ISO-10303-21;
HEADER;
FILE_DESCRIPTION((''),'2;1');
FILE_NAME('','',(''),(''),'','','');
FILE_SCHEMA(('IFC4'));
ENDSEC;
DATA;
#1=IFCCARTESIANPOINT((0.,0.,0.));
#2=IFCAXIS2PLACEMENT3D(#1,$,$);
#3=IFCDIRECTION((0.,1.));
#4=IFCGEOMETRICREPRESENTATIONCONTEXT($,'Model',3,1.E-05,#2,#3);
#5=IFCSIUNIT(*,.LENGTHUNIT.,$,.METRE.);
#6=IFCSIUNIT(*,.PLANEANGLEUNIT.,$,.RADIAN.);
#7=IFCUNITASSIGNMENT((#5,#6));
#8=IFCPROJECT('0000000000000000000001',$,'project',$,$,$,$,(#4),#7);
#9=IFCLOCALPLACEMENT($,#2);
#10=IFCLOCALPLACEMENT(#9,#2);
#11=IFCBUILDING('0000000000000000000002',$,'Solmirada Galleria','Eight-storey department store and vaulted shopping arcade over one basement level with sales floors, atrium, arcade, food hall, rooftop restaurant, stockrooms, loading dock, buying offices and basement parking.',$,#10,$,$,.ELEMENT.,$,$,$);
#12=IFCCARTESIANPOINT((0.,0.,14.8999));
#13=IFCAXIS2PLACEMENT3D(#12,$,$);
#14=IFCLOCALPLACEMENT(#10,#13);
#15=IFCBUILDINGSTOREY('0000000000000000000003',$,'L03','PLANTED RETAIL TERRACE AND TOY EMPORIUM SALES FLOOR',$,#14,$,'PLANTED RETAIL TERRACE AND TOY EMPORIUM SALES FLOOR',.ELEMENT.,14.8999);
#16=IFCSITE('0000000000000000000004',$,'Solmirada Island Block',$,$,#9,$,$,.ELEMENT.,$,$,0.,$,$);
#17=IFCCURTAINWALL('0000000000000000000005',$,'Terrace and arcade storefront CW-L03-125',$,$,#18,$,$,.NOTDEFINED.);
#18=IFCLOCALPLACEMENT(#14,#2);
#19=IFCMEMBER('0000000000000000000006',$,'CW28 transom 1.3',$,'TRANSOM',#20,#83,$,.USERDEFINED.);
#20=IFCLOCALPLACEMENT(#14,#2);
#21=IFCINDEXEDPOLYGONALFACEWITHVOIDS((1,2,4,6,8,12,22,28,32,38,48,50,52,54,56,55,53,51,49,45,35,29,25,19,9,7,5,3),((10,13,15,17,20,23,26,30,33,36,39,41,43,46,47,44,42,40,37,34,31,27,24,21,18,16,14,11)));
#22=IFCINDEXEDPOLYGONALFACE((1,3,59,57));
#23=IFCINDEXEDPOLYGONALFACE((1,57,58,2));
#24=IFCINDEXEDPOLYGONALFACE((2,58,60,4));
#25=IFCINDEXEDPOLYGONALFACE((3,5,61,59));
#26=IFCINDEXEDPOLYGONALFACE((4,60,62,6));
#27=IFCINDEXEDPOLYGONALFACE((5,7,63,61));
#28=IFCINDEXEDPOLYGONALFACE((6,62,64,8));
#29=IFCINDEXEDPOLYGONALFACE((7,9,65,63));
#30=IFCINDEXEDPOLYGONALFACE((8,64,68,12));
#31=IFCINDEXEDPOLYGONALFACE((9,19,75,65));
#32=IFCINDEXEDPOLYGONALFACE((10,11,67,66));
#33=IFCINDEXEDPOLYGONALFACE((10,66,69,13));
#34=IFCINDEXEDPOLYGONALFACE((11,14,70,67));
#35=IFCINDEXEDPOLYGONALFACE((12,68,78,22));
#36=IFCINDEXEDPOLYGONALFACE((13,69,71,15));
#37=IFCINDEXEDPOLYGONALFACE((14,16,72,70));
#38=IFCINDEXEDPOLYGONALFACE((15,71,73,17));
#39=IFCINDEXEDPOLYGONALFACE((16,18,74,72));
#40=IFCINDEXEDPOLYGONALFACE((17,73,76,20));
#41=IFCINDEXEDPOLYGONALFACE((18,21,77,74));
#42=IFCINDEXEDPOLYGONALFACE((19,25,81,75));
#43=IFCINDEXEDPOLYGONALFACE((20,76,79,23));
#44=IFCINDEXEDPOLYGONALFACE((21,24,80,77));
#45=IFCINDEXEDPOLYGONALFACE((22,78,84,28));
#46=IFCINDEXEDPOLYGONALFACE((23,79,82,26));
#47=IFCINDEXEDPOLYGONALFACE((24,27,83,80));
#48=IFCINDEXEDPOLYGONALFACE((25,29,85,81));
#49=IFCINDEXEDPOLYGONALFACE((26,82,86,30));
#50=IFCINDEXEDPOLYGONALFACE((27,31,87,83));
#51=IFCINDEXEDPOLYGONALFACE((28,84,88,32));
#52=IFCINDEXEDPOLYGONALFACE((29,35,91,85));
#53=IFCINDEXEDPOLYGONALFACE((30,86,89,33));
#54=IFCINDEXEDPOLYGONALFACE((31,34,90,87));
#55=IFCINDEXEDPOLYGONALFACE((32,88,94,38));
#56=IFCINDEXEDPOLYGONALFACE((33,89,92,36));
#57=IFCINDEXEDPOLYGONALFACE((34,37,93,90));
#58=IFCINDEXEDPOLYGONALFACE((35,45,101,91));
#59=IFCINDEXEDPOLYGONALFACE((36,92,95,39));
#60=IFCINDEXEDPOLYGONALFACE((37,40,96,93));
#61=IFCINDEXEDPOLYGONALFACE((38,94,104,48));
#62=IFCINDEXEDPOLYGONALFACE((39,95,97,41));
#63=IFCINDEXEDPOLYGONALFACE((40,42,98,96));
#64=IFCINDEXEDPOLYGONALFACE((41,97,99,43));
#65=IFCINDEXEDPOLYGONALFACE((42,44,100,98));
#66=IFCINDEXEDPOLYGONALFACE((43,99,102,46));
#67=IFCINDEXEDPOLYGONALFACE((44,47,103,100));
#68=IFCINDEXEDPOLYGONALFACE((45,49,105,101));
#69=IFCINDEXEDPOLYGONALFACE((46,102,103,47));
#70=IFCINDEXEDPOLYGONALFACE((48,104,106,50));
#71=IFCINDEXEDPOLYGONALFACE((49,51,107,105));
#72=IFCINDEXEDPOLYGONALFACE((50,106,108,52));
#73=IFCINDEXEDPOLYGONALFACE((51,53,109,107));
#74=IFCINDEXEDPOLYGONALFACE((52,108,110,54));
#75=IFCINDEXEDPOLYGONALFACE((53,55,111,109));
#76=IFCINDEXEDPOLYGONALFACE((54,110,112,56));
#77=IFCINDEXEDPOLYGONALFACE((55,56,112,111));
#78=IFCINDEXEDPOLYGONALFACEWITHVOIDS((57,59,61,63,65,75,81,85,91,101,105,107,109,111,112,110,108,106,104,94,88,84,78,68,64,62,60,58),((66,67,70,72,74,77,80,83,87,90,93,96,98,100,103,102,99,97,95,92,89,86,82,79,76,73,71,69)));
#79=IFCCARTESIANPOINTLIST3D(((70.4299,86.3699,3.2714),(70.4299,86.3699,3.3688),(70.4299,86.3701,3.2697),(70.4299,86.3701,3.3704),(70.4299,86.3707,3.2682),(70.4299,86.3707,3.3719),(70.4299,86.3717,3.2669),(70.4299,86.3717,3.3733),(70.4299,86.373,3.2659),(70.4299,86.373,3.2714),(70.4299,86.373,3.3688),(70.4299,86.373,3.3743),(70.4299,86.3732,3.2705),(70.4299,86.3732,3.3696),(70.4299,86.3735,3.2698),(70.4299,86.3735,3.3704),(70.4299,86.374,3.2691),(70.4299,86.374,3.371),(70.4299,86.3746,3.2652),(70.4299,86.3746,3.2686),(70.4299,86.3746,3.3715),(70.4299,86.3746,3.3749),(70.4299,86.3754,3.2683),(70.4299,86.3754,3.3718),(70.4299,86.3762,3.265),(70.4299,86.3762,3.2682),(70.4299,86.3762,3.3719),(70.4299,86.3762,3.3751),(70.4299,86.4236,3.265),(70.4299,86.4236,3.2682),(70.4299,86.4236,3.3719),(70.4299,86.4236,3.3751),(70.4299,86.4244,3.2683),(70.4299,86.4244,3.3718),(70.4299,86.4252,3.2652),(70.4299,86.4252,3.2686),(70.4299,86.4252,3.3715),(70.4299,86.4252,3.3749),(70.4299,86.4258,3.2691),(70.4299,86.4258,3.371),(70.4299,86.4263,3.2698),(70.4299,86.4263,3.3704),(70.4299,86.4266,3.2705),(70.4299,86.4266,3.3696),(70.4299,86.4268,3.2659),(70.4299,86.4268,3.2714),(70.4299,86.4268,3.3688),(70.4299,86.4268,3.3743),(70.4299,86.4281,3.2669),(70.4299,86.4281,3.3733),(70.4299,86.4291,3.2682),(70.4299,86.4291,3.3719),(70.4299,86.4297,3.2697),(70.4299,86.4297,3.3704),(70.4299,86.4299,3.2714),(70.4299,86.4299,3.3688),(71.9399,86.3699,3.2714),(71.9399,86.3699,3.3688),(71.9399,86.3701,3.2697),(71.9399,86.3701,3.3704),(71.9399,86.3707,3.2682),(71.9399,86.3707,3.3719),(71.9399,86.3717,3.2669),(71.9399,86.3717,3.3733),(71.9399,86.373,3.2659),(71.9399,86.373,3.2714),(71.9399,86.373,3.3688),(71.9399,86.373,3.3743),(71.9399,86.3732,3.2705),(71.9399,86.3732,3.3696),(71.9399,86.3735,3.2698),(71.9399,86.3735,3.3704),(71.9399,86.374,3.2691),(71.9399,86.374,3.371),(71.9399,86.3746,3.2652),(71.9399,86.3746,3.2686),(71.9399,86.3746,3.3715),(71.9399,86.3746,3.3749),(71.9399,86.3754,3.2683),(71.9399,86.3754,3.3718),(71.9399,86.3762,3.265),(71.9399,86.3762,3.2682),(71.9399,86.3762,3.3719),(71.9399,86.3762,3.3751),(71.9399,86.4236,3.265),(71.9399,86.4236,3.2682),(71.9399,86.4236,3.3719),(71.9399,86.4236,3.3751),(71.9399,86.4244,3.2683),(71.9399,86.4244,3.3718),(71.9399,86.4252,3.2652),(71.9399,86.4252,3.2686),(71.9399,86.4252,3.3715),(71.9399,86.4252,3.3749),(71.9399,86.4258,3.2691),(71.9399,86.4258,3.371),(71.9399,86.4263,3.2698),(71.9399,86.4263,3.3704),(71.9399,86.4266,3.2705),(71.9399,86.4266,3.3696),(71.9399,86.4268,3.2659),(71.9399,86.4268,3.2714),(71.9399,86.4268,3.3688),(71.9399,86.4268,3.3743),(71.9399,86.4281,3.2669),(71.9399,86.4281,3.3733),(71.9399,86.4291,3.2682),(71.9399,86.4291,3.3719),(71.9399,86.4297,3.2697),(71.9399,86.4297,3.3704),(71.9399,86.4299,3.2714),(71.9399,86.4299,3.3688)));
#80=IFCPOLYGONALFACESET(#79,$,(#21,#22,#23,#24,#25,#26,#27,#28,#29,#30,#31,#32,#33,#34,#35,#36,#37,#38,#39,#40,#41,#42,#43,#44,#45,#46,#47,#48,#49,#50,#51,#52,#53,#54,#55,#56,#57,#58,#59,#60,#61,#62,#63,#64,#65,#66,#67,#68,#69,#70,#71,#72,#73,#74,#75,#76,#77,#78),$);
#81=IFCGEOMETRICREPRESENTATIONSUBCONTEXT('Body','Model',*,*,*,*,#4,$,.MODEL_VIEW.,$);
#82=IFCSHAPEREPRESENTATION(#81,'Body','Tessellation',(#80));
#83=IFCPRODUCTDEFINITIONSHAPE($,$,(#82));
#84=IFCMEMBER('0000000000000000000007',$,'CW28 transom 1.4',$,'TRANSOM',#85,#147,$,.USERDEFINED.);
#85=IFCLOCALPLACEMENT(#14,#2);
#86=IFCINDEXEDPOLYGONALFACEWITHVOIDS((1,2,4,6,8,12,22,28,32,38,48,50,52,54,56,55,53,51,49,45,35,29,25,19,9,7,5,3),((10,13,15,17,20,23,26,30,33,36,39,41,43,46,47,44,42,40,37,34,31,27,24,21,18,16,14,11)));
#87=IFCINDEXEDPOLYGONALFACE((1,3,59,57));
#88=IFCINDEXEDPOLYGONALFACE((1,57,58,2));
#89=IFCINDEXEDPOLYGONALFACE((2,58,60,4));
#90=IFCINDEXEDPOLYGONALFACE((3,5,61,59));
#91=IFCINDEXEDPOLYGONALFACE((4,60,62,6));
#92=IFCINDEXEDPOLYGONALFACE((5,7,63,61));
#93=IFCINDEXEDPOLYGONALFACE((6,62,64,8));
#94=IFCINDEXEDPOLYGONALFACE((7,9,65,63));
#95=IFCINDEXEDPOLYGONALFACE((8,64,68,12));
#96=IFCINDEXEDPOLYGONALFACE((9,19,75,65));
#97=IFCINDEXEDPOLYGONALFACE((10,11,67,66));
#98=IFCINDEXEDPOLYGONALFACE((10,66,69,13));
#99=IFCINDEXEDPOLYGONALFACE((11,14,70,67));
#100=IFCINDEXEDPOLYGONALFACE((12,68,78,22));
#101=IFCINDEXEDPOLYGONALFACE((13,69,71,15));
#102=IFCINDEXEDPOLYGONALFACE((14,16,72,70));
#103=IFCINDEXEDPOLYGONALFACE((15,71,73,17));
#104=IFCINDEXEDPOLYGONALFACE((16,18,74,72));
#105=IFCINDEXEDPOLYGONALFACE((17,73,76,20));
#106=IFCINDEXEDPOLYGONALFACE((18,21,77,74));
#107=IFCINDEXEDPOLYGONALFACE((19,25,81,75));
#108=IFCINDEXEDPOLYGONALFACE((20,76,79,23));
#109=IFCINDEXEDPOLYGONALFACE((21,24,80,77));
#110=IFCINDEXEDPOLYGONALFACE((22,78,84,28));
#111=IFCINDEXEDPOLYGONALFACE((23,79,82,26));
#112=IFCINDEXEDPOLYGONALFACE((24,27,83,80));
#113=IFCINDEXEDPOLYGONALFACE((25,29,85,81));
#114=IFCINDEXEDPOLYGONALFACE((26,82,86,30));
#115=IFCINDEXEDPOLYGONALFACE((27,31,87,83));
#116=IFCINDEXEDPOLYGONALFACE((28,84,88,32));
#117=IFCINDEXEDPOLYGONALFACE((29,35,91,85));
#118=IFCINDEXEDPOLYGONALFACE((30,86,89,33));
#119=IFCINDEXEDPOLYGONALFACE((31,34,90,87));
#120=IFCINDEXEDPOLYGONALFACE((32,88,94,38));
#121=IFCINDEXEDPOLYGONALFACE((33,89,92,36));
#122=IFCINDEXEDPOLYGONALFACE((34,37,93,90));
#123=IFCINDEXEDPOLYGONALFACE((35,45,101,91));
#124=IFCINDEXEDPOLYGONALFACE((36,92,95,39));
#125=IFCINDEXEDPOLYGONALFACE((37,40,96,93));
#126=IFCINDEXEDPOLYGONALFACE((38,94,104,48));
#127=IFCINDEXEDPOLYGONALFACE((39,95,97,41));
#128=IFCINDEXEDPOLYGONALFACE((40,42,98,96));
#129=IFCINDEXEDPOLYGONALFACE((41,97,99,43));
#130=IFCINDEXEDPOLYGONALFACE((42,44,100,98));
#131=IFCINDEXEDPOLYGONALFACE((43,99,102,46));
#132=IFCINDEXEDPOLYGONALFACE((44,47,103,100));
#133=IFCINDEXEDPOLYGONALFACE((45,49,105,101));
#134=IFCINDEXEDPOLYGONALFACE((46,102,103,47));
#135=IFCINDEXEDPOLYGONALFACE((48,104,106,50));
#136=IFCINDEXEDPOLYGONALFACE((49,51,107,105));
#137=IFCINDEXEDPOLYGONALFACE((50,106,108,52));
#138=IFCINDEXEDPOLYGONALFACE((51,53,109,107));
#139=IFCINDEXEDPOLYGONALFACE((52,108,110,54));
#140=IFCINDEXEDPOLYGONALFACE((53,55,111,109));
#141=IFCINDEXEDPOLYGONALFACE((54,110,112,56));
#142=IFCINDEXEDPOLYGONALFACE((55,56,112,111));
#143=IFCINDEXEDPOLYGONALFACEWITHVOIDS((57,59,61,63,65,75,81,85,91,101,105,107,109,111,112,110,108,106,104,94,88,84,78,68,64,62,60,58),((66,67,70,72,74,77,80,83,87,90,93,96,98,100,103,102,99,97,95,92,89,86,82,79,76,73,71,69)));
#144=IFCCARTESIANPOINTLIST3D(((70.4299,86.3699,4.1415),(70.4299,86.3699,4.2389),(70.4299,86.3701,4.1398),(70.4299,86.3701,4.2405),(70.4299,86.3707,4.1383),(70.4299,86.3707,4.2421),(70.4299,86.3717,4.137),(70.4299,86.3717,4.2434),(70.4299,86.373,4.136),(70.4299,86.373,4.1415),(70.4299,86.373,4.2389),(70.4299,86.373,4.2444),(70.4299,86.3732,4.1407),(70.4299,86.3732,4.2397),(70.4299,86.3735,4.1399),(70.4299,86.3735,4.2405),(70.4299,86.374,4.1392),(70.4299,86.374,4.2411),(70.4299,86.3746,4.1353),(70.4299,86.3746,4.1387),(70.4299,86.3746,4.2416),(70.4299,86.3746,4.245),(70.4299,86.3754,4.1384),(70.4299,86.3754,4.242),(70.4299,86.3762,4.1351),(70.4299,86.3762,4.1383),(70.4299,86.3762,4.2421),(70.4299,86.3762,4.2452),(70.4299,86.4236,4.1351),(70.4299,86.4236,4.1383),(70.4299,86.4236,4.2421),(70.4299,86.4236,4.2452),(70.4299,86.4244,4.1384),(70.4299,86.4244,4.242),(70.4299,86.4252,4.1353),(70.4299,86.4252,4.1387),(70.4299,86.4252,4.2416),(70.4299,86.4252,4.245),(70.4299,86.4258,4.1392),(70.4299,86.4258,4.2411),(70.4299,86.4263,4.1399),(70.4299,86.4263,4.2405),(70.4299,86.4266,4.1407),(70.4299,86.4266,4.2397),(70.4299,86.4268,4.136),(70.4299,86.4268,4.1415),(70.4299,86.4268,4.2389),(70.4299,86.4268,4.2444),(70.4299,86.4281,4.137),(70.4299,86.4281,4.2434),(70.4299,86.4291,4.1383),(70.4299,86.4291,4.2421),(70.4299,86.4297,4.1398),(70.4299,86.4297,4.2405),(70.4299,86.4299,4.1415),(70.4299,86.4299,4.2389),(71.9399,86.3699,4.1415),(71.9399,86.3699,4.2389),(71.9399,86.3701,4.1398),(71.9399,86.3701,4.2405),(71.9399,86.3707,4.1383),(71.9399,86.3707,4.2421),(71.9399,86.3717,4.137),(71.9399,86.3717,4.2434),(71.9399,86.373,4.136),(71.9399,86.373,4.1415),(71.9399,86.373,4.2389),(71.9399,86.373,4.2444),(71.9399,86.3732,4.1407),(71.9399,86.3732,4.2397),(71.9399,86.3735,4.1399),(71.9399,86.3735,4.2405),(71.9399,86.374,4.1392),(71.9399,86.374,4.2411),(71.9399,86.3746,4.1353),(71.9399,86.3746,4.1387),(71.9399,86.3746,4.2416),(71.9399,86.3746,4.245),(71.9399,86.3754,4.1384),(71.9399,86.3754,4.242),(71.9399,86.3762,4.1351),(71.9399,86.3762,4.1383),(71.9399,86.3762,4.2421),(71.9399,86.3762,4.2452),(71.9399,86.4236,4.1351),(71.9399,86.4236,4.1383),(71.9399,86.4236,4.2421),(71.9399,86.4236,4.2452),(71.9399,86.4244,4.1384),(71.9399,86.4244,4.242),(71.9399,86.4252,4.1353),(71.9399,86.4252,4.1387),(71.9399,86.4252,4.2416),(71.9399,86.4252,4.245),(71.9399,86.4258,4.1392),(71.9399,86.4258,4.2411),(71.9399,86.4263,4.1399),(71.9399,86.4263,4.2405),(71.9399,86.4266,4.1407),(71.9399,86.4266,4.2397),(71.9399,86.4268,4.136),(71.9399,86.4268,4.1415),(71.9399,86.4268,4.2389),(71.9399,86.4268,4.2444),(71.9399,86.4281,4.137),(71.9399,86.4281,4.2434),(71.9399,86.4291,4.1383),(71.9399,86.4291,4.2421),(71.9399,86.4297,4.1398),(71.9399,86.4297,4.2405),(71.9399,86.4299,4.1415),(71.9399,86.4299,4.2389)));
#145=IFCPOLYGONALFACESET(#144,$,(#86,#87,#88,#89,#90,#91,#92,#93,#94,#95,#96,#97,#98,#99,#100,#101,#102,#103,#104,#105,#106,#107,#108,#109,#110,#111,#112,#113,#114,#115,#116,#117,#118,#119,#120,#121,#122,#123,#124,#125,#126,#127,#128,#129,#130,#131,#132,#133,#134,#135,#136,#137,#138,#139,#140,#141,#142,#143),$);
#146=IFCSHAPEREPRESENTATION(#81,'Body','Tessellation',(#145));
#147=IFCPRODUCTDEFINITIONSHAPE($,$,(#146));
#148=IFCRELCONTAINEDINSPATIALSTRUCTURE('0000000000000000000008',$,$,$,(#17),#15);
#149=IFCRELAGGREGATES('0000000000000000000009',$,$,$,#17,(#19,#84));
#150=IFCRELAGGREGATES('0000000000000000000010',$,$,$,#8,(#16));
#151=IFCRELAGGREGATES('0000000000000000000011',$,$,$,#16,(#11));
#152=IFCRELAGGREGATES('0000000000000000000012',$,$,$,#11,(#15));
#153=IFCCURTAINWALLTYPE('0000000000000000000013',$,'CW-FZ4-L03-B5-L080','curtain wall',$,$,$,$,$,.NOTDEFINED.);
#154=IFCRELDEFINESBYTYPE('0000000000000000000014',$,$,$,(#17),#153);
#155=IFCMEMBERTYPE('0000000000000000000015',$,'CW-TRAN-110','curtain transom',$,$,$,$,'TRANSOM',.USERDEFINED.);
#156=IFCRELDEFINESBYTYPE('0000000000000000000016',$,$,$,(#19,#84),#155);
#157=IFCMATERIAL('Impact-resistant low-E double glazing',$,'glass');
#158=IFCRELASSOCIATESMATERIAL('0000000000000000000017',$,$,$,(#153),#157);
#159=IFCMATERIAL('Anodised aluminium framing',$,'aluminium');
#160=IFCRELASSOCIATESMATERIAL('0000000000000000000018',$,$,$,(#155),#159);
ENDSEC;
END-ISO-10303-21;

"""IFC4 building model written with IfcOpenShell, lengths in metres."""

from ifc_helpers import new_model, si_unit, direction, frame, origin, origin_2d, place, context, subcontext, project, spatial, hollow_rectangle, extrude, material, material_profile, profile_set, type_object, element, aggregate, save


model = new_model("IFC4")

# Units and contexts
model_context = context("Model", 3, precision=1e-05, world=origin(), true_north=direction((0.0, 1.0)))
body_context = subcontext(model_context, "Body", "Model", "MODEL_VIEW")
ifc_project = project(units=[si_unit("LENGTHUNIT", "METRE"), si_unit("PLANEANGLEUNIT", "RADIAN")], contexts=[model_context])

# Site, building, storey
site_placement = place(None, origin())
site = spatial("IfcSite", under=ifc_project, at=site_placement, Name="Solmirada Island Block", CompositionType="ELEMENT", RefElevation=0.0)
building_placement = place(site_placement, origin())
building = spatial("IfcBuilding", under=site, at=building_placement, Name="Solmirada Galleria", Description="Eight-storey department store and vaulted shopping arcade over one basement level with sales floors, atrium, arcade, food hall, rooftop restaurant, stockrooms, loading dock, buying offices and basement parking.", CompositionType="ELEMENT")
storey_placement = place(building_placement, frame((0.0, 0.0, 14.8999)))
storey = spatial("IfcBuildingStorey", under=building, at=storey_placement, Name="L03", Description="PLANTED RETAIL TERRACE AND TOY EMPORIUM SALES FLOOR", LongName="PLANTED RETAIL TERRACE AND TOY EMPORIUM SALES FLOOR", CompositionType="ELEMENT", Elevation=14.8999)

# Curtain wall
ifc_material_1 = material(Name="Impact-resistant low-E double glazing", Category="glass")
curtain_wall_type = type_object("IfcCurtainWallType", Name="CW-FZ4-L03-B5-L080", Description="curtain wall", PredefinedType="NOTDEFINED", material=ifc_material_1)
ifc_material_2 = material(Name="Anodised aluminium framing", Category="aluminium")
curtain_wall_1_placement = place(storey_placement, origin())
curtain_wall_1 = element("IfcCurtainWall", 1, at=curtain_wall_1_placement, inside=storey, type_object=curtain_wall_type, Name="Terrace and arcade storefront CW-L03-125", PredefinedType="NOTDEFINED")

# Members
ifc_material_profile_1 = material_profile(ifc_material_2, hollow_rectangle(XDim=0.0601, YDim=0.1101, WallThickness=0.0032, InnerFilletRadius=0.0032, OuterFilletRadius=0.0063, at=origin_2d()), Name="ALU-TRAN-110X60")
ifc_profile_set_1 = profile_set([ifc_material_profile_1], Name="Anodised aluminium framing")
member_type_1 = type_object("IfcMemberType", Name="CW-TRAN-110", Description="curtain transom", ElementType="TRANSOM", PredefinedType="USERDEFINED", material=ifc_profile_set_1)
member_1_placement = place(storey_placement, frame((71.9399, 86.3999, 3.3201), z_axis=(-1.0, 0.0, 0.0), x_axis=(0.0, -1.0, 0.0)))
member_1 = element("IfcMember", 2, at=member_1_placement, type_object=member_type_1, Name="CW28 transom 1.3", ObjectType="TRANSOM", PredefinedType="USERDEFINED", context=body_context, shape_type="SweptSolid", body=[
    extrude(hollow_rectangle(XDim=0.0601, YDim=0.1101, WallThickness=0.0032, InnerFilletRadius=0.0032, OuterFilletRadius=0.0063, at=origin_2d()), origin(), (0.0, 0.0, 1.0), 1.51),
])
member_2_placement = place(storey_placement, frame((71.9399, 86.3999, 4.1902), z_axis=(-1.0, 0.0, 0.0), x_axis=(0.0, -1.0, 0.0)))
member_2 = element("IfcMember", 3, at=member_2_placement, type_object=member_type_1, Name="CW28 transom 1.4", ObjectType="TRANSOM", PredefinedType="USERDEFINED", context=body_context, shape_type="SweptSolid", body=[
    extrude(hollow_rectangle(XDim=0.0601, YDim=0.1101, WallThickness=0.0032, InnerFilletRadius=0.0032, OuterFilletRadius=0.0063, at=origin_2d()), origin(), (0.0, 0.0, 1.0), 1.51),
])

aggregate(curtain_wall_1, [member_1, member_2])

save(model, "model.ifc")
